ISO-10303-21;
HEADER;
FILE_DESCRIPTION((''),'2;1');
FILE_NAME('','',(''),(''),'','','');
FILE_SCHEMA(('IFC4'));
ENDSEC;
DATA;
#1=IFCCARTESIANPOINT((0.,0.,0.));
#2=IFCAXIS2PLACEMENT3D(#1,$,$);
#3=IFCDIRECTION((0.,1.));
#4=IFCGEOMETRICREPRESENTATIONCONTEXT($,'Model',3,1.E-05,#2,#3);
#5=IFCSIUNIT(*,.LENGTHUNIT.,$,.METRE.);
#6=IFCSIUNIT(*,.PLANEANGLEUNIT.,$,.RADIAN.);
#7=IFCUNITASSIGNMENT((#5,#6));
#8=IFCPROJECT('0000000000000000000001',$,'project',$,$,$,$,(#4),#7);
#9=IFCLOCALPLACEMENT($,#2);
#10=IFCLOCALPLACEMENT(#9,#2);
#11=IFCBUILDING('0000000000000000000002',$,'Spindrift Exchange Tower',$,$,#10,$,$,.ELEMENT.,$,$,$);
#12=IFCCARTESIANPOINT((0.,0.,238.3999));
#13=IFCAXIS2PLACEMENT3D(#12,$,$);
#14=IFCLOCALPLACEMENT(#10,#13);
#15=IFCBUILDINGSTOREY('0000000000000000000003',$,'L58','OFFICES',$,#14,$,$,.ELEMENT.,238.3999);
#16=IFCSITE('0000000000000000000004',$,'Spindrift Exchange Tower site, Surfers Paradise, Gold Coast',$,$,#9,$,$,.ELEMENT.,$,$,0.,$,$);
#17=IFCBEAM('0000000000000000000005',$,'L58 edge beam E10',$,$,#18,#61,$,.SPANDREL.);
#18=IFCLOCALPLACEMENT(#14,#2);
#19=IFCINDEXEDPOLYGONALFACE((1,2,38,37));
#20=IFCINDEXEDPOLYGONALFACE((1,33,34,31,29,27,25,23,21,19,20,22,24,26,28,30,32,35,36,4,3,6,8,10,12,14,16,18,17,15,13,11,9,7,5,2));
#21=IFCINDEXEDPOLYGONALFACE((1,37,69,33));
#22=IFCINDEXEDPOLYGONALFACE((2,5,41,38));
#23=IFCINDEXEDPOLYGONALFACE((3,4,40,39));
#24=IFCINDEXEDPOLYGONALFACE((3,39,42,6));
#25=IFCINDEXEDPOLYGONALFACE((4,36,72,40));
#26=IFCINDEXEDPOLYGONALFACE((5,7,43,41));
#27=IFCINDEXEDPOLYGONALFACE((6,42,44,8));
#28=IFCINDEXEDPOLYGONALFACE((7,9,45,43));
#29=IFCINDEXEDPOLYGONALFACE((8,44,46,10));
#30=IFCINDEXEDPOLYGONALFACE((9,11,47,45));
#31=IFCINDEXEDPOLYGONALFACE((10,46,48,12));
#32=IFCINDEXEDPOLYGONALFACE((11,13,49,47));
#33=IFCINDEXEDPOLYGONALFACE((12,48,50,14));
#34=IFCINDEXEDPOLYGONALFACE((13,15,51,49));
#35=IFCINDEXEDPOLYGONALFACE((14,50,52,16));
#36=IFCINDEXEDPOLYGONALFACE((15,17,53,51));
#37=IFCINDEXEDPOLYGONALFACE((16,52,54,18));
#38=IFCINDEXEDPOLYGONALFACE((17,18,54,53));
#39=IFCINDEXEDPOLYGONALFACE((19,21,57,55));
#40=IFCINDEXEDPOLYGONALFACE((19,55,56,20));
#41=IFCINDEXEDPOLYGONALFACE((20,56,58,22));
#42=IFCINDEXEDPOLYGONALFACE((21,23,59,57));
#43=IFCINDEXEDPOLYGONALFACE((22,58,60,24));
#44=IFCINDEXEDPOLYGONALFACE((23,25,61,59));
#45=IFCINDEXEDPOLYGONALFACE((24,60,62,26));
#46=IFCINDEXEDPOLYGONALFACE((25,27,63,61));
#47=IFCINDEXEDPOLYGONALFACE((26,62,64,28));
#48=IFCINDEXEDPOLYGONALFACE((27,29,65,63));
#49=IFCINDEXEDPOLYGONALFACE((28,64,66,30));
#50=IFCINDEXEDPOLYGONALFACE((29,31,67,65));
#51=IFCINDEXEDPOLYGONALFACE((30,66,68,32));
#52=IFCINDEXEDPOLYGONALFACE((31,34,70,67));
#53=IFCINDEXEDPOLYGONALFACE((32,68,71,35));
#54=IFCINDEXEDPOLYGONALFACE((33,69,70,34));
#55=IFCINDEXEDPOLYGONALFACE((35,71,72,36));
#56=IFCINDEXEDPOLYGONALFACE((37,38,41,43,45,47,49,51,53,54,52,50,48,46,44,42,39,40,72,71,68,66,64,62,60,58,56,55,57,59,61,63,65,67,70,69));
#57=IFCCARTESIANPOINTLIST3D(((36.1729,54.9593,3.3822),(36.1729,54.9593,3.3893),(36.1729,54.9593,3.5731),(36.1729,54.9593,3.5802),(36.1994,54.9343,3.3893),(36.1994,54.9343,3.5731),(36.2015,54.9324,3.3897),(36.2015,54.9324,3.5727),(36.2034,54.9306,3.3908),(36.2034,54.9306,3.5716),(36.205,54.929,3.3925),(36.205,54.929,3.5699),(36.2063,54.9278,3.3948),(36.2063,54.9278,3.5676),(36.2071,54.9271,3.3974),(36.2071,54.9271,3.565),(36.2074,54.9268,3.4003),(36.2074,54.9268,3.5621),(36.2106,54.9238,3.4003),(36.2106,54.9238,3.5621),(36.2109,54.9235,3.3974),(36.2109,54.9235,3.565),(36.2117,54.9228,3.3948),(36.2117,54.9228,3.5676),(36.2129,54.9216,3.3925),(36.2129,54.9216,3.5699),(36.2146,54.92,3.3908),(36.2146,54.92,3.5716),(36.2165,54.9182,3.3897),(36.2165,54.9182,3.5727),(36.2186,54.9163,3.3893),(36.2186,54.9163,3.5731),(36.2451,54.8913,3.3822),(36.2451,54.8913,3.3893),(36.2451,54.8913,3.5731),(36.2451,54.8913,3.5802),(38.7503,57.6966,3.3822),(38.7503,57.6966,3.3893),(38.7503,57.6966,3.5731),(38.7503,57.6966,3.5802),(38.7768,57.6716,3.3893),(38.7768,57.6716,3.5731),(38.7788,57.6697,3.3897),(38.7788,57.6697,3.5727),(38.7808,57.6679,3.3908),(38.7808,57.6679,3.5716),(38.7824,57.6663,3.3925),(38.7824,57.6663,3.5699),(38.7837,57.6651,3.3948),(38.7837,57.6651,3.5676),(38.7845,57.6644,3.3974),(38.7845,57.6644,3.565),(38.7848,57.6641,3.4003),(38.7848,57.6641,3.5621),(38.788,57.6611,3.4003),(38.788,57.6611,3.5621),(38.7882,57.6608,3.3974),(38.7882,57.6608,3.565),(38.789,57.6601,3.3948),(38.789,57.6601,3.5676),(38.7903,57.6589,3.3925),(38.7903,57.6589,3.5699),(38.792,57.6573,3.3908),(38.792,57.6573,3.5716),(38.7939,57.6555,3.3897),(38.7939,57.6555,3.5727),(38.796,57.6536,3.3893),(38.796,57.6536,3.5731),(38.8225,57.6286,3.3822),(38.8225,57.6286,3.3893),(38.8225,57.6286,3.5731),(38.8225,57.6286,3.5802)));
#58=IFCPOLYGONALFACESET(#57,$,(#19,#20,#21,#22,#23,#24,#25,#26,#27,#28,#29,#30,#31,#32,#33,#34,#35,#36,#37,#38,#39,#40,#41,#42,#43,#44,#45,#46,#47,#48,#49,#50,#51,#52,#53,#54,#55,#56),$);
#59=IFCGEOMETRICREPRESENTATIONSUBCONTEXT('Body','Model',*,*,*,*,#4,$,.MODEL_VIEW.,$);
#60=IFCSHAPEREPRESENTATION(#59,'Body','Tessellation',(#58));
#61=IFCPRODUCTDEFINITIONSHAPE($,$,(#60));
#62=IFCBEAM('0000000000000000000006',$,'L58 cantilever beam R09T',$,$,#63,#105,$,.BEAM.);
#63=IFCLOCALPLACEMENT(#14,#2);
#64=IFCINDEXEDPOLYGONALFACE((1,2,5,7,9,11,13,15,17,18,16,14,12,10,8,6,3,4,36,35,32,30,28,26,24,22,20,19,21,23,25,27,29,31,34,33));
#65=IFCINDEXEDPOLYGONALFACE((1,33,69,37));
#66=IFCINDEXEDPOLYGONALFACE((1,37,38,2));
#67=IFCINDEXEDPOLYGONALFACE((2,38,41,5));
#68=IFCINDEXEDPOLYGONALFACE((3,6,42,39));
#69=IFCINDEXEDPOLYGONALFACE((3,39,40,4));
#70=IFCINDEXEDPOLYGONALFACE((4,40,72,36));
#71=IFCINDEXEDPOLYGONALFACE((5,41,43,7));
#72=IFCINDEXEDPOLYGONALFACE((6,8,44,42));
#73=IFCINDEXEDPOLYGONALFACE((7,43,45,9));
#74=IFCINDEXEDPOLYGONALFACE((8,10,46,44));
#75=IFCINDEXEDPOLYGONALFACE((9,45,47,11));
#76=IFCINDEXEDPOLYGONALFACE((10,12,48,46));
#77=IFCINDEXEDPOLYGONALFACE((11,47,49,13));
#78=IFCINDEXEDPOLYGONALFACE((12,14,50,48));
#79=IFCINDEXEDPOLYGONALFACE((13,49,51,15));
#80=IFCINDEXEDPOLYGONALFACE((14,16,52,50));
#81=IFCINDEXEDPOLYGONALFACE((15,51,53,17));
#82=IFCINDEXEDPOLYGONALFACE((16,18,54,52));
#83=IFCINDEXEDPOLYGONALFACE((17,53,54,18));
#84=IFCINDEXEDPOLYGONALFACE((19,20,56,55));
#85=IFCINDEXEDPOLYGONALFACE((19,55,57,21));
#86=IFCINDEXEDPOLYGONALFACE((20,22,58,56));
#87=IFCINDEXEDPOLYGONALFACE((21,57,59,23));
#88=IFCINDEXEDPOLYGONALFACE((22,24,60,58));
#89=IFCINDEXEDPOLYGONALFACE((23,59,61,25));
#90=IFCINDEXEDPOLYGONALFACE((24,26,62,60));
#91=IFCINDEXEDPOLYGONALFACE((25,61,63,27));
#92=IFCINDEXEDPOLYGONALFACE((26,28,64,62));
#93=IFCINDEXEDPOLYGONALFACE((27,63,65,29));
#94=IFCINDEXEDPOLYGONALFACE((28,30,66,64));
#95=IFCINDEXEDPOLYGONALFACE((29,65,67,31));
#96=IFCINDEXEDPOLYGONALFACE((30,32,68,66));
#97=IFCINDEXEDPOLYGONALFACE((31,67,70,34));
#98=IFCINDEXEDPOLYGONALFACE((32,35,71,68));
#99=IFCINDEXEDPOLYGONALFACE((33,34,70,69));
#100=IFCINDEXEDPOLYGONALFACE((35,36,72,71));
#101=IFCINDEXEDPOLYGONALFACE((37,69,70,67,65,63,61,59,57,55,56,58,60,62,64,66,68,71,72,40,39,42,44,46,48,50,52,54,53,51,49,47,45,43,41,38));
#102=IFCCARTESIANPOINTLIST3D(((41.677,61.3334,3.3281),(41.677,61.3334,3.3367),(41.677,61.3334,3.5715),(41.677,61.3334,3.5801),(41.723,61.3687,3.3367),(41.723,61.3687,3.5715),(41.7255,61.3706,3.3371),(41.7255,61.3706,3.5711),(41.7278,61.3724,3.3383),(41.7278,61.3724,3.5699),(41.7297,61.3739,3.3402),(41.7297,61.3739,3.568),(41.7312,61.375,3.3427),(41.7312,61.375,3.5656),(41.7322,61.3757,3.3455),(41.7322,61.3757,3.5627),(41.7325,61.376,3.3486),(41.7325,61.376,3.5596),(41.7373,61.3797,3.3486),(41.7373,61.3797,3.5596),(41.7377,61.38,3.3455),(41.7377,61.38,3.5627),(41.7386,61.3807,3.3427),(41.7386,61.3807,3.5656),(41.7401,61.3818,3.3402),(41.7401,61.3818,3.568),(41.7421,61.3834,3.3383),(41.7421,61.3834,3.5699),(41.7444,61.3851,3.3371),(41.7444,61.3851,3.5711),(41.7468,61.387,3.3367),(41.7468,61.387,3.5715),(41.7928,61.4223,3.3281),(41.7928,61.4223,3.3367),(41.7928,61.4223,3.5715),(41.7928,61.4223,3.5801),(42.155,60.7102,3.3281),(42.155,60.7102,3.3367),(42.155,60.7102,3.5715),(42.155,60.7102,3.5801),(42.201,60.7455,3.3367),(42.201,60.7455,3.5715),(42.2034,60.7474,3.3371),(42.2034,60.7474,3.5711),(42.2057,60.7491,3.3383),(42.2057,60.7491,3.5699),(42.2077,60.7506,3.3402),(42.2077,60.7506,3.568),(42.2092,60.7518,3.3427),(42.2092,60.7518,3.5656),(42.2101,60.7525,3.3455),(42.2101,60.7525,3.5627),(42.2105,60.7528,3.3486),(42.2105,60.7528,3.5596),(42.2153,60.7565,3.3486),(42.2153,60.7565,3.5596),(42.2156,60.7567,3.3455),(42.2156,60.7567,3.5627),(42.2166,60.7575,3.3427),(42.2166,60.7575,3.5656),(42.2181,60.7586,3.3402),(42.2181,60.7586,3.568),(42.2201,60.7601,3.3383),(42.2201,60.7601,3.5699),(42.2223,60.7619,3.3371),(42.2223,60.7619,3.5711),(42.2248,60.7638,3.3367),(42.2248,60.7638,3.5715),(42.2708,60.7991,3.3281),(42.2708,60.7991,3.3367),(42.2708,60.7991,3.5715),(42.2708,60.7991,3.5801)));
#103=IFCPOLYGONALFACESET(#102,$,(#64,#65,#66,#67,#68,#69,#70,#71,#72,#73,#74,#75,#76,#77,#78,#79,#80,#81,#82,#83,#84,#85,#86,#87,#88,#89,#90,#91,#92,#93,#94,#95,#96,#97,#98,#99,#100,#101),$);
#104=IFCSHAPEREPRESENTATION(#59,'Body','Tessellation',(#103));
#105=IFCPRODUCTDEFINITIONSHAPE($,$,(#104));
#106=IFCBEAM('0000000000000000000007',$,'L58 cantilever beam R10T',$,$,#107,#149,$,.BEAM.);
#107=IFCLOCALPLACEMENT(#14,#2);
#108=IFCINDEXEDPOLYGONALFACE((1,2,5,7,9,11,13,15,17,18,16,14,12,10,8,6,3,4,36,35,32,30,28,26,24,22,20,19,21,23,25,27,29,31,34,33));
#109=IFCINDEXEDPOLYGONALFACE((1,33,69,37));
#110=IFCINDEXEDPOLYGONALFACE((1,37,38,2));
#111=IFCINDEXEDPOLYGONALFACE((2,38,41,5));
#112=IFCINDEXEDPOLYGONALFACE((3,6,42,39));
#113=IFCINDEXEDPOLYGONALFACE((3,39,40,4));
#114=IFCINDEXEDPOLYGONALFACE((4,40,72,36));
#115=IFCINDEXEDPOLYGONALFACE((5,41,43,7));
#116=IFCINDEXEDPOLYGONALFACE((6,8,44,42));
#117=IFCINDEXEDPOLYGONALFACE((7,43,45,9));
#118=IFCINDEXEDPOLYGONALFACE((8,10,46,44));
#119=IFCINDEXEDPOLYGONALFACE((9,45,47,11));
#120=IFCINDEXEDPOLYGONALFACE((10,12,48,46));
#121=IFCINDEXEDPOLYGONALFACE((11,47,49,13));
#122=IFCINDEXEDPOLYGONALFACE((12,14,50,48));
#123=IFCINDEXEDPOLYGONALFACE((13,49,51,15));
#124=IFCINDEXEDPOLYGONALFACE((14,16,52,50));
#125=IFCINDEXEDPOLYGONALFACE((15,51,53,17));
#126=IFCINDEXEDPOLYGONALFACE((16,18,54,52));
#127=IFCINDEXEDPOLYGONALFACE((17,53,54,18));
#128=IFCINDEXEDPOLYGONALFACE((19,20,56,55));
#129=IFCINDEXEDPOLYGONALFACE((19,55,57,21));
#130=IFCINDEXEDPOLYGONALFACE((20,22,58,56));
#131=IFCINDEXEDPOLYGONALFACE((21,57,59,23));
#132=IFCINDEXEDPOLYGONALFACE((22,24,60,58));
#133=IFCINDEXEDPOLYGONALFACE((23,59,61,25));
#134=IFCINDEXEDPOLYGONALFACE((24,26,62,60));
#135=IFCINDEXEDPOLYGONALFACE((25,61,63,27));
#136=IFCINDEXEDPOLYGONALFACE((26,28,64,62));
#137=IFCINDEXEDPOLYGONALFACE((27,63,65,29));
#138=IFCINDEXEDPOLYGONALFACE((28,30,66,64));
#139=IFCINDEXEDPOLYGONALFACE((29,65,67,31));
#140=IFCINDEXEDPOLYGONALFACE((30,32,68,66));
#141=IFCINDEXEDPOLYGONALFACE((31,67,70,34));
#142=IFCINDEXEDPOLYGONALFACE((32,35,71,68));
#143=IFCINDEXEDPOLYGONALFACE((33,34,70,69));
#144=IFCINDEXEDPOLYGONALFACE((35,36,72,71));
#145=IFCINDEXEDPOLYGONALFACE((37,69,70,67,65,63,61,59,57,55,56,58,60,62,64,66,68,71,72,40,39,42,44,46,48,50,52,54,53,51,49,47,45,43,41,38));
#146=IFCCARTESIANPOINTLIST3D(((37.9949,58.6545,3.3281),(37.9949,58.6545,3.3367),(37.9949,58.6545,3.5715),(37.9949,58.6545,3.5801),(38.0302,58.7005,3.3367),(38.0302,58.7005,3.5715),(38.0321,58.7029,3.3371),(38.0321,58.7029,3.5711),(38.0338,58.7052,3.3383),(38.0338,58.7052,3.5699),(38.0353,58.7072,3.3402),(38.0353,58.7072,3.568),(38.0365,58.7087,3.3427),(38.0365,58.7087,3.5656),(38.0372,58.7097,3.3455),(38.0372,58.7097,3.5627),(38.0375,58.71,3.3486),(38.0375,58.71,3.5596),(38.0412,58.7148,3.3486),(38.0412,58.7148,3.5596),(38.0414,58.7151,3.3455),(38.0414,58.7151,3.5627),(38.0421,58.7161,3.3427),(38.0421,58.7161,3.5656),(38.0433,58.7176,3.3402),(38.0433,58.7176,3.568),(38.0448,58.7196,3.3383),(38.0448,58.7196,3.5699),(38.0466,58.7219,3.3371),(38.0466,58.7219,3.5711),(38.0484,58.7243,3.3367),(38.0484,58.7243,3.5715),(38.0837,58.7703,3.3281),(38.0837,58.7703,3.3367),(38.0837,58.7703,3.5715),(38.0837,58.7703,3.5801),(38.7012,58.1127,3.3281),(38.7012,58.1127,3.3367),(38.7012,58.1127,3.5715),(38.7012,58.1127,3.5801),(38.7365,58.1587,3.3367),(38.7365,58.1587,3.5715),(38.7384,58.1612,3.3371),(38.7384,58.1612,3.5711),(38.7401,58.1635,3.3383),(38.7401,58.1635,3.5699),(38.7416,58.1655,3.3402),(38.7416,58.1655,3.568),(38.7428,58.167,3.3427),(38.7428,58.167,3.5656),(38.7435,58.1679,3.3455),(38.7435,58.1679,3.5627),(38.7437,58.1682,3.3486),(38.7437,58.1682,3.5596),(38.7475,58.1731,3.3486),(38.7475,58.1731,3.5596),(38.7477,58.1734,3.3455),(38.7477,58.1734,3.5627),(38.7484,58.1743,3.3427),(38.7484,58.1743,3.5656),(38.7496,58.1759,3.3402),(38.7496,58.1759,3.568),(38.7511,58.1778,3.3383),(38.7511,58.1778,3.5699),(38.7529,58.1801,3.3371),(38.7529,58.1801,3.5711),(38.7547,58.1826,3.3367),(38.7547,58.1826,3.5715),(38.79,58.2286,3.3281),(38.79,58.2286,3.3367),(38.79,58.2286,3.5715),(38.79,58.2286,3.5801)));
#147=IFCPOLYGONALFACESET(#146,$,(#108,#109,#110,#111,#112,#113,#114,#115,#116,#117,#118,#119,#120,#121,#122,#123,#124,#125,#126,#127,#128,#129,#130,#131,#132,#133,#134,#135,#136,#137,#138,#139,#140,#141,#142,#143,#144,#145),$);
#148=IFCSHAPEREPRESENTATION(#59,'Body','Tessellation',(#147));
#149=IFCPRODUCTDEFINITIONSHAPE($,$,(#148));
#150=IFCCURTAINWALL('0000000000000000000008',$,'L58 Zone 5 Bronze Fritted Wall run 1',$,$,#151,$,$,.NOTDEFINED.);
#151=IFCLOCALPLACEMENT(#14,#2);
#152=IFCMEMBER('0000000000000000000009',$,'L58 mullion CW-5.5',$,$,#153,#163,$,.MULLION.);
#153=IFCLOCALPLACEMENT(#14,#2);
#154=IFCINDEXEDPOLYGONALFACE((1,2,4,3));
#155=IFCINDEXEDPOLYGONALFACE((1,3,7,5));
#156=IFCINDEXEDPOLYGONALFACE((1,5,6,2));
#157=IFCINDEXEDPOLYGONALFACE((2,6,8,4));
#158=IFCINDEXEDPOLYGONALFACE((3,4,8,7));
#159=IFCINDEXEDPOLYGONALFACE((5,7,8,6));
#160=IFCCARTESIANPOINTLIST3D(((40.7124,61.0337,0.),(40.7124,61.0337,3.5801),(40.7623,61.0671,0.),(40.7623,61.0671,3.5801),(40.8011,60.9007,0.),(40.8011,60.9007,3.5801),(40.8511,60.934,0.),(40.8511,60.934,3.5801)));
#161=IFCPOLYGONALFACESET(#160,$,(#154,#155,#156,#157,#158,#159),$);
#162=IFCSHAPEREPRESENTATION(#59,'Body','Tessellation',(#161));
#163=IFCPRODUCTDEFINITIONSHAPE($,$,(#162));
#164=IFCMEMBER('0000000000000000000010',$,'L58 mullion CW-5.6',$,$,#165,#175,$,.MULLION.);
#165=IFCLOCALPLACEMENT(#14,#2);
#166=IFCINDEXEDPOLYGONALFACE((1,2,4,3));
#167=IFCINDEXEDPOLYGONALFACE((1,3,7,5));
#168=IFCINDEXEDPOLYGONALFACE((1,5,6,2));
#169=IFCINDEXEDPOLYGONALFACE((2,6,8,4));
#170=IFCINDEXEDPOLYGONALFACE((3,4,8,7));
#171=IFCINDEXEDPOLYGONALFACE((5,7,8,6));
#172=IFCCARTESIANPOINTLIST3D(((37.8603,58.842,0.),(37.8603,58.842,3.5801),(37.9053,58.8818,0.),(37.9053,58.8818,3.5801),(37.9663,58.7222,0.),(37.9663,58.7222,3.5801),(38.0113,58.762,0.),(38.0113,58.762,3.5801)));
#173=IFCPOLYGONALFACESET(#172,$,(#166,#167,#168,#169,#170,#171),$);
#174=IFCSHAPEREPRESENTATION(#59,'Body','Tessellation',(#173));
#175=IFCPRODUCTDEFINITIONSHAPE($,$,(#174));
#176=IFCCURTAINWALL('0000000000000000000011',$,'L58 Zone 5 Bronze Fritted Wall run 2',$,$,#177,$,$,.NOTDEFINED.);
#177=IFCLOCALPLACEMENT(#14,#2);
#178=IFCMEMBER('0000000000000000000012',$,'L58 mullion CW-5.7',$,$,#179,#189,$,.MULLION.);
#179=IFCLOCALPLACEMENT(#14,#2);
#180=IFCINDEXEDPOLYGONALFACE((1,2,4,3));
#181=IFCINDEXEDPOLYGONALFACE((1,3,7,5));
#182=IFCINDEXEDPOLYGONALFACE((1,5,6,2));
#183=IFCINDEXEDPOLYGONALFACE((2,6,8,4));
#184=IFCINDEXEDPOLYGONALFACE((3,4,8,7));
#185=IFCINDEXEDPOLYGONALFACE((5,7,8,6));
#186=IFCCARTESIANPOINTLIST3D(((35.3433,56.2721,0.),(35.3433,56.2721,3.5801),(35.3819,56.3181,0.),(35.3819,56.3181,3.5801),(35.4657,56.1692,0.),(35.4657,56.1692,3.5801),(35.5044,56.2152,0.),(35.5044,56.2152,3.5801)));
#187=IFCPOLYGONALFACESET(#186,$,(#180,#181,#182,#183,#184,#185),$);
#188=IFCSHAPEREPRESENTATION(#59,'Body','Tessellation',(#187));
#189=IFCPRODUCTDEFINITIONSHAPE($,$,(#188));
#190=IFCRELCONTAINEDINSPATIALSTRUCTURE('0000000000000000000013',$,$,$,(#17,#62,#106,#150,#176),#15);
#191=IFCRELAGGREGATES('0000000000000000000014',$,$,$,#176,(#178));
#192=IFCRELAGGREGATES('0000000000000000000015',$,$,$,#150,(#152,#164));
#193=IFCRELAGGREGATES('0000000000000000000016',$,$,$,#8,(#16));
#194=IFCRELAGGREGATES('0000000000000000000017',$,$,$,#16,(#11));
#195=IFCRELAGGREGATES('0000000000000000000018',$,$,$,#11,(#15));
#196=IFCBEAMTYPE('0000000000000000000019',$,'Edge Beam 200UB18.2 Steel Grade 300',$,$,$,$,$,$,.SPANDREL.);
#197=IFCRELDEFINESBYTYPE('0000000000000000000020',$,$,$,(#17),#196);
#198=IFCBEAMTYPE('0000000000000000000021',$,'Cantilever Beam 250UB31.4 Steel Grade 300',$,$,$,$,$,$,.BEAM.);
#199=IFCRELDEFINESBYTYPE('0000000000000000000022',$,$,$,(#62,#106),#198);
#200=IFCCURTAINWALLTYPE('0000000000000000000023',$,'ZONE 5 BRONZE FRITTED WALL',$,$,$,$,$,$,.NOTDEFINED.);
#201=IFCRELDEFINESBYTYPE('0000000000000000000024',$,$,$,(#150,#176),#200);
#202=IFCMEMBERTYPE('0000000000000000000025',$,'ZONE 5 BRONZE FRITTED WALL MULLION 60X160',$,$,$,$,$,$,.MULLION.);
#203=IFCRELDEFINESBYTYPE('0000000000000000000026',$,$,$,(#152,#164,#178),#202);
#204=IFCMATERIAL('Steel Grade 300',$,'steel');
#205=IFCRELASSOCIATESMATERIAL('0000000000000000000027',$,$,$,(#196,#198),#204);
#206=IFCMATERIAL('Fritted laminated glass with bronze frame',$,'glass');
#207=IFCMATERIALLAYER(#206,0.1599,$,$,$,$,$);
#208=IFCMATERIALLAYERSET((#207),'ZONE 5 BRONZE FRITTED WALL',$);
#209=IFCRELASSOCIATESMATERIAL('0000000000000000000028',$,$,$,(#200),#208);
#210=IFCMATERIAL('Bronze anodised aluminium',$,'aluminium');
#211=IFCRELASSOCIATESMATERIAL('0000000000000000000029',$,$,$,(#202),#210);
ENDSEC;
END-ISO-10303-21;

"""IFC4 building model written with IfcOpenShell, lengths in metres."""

from ifc_helpers import new_model, si_unit, direction, frame, origin, origin_2d, place, context, subcontext, project, spatial, rectangle, i_section, extrude, source, transform, mapped, material, layer, layer_set, material_profile, profile_set, type_object, element, aggregate, save


model = new_model("IFC4")

# Units and contexts
model_context = context("Model", 3, precision=1e-05, world=origin(), true_north=direction((0.0, 1.0)))
body_context = subcontext(model_context, "Body", "Model", "MODEL_VIEW")
ifc_project = project(units=[si_unit("LENGTHUNIT", "METRE"), si_unit("PLANEANGLEUNIT", "RADIAN")], contexts=[model_context])

# Site, building, storey
site_placement = place(None, origin())
site = spatial("IfcSite", under=ifc_project, at=site_placement, Name="Spindrift Exchange Tower site, Surfers Paradise, Gold Coast", CompositionType="ELEMENT", RefElevation=0.0)
building_placement = place(site_placement, origin())
building = spatial("IfcBuilding", under=site, at=building_placement, Name="Spindrift Exchange Tower", CompositionType="ELEMENT")
storey_placement = place(building_placement, frame((0.0, 0.0, 238.3999)))
storey = spatial("IfcBuildingStorey", under=building, at=storey_placement, Name="L58", Description="OFFICES", CompositionType="ELEMENT", Elevation=238.3999)

# Beams
ifc_material_1 = material(Name="Steel Grade 300", Category="steel")
ifc_material_profile_1 = material_profile(ifc_material_1, i_section(OverallWidth=0.0991, OverallDepth=0.198, WebThickness=0.0044, FlangeThickness=0.0071, FilletRadius=0.011, at=origin_2d()), Name="200UB18.2")
ifc_profile_set_1 = profile_set([ifc_material_profile_1], Name="Steel Grade 300")
beam_type_1 = type_object("IfcBeamType", Name="Edge Beam 200UB18.2 Steel Grade 300", PredefinedType="SPANDREL", material=ifc_profile_set_1)
shared_shape_1 = source(origin(), body_context, "Body", "SweptSolid", [
    extrude(i_section(OverallWidth=0.0991, OverallDepth=0.198, WebThickness=0.0044, FlangeThickness=0.0071, FilletRadius=0.011, at=origin_2d()), origin(), (0.0, 0.0, 1.0), 3.7598),
])
beam_1_placement = place(storey_placement, frame((38.7864, 57.6626, 3.4812), z_axis=(-0.685521, -0.728053, 0.0), x_axis=(0.728053, -0.685521, 0.0)))
element("IfcBeam", 1, at=beam_1_placement, inside=storey, type_object=beam_type_1, Name="L58 edge beam E10", PredefinedType="SPANDREL", context=body_context, shape_type="MappedRepresentation", body=[
    mapped(shared_shape_1, transform((0.0, 0.0, 0.0), scale=1.0)),
])
ifc_material_profile_2 = material_profile(ifc_material_1, i_section(OverallWidth=0.146, OverallDepth=0.252, WebThickness=0.0061, FlangeThickness=0.0085, FilletRadius=0.012, at=origin_2d()), Name="250UB31.4")
ifc_profile_set_2 = profile_set([ifc_material_profile_2], Name="Steel Grade 300")
beam_type_2 = type_object("IfcBeamType", Name="Cantilever Beam 250UB31.4 Steel Grade 300", PredefinedType="BEAM", material=ifc_profile_set_2)
shared_shape_2 = source(origin(), body_context, "Body", "SweptSolid", [
    extrude(i_section(OverallWidth=0.146, OverallDepth=0.252, WebThickness=0.0061, FlangeThickness=0.0085, FilletRadius=0.012, at=origin_2d()), origin(), (0.0, 0.0, 1.0), 0.7854),
])
beam_2_placement = place(storey_placement, frame((42.2129, 60.7546, 3.4541), z_axis=(-0.608569, 0.793501, 0.0), x_axis=(-0.793501, -0.608569, 0.0)))
element("IfcBeam", 2, at=beam_2_placement, inside=storey, type_object=beam_type_2, Name="L58 cantilever beam R09T", PredefinedType="BEAM", context=body_context, shape_type="MappedRepresentation", body=[
    mapped(shared_shape_2, transform((0.0, 0.0, 0.0), scale=1.0)),
])
shared_shape_3 = source(origin(), body_context, "Body", "SweptSolid", [
    extrude(i_section(OverallWidth=0.146, OverallDepth=0.252, WebThickness=0.0061, FlangeThickness=0.0085, FilletRadius=0.012, at=origin_2d()), origin(), (0.0, 0.0, 1.0), 0.8901),
])
beam_3_placement = place(storey_placement, frame((38.7456, 58.1707, 3.4541), z_axis=(-0.793469, 0.60861, 0.0), x_axis=(-0.60861, -0.793469, 0.0)))
element("IfcBeam", 3, at=beam_3_placement, inside=storey, type_object=beam_type_2, Name="L58 cantilever beam R10T", PredefinedType="BEAM", context=body_context, shape_type="MappedRepresentation", body=[
    mapped(shared_shape_3, transform((0.0, 0.0, 0.0), scale=1.0)),
])

# Curtain wall, members
ifc_material_2 = material(Name="Fritted laminated glass with bronze frame", Category="glass")
ifc_layer_1 = layer(ifc_material_2, 0.1599)
ifc_layer_set_1 = layer_set([ifc_layer_1], Name="ZONE 5 BRONZE FRITTED WALL")
curtain_wall_type = type_object("IfcCurtainWallType", Name="ZONE 5 BRONZE FRITTED WALL", PredefinedType="NOTDEFINED", material=ifc_layer_set_1)
curtain_wall_1_placement = place(storey_placement, origin())
curtain_wall_1 = element("IfcCurtainWall", 4, at=curtain_wall_1_placement, inside=storey, type_object=curtain_wall_type, Name="L58 Zone 5 Bronze Fritted Wall run 1", PredefinedType="NOTDEFINED")
ifc_material_3 = material(Name="Bronze anodised aluminium", Category="aluminium")
ifc_material_profile_3 = material_profile(ifc_material_3, rectangle(XDim=0.0601, YDim=0.1599, at=origin_2d()), Name="ZONE 5 BRONZE FRITTED WALL MULLION 60X160")
ifc_profile_set_3 = profile_set([ifc_material_profile_3], Name="Bronze anodised aluminium")
member_type_1 = type_object("IfcMemberType", Name="ZONE 5 BRONZE FRITTED WALL MULLION 60X160", PredefinedType="MULLION", material=ifc_profile_set_3)
shared_shape_4 = source(origin(), body_context, "Body", "SweptSolid", [
    extrude(rectangle(XDim=0.0601, YDim=0.1599, at=origin_2d()), origin(), (0.0, 0.0, 1.0), 3.5801),
])
member_1_placement = place(storey_placement, frame((40.7817, 60.9839, 0.0), z_axis=(0.0, 0.0, 1.0), x_axis=(-0.831852, -0.554998, 0.0)))
member_1 = element("IfcMember", 5, at=member_1_placement, type_object=member_type_1, Name="L58 mullion CW-5.5", PredefinedType="MULLION", context=body_context, shape_type="MappedRepresentation", body=[
    mapped(shared_shape_4, transform((0.0, 0.0, 0.0), scale=1.0)),
])
member_2_placement = place(storey_placement, frame((37.9358, 58.802, 0.0), z_axis=(0.0, 0.0, 1.0), x_axis=(-0.748956, -0.662619, 0.0)))
member_2 = element("IfcMember", 6, at=member_2_placement, type_object=member_type_1, Name="L58 mullion CW-5.6", PredefinedType="MULLION", context=body_context, shape_type="MappedRepresentation", body=[
    mapped(shared_shape_4, transform((0.0, 0.0, 0.0), scale=1.0)),
])

# Curtain wall, member
curtain_wall_2_placement = place(storey_placement, origin())
curtain_wall_2 = element("IfcCurtainWall", 7, at=curtain_wall_2_placement, inside=storey, type_object=curtain_wall_type, Name="L58 Zone 5 Bronze Fritted Wall run 2", PredefinedType="NOTDEFINED")
member_3_placement = place(storey_placement, frame((35.4238, 56.2437, 0.0), z_axis=(0.0, 0.0, 1.0), x_axis=(-0.643276, -0.765635, 0.0)))
member_3 = element("IfcMember", 8, at=member_3_placement, type_object=member_type_1, Name="L58 mullion CW-5.7", PredefinedType="MULLION", context=body_context, shape_type="MappedRepresentation", body=[
    mapped(shared_shape_4, transform((0.0, 0.0, 0.0), scale=1.0)),
])

aggregate(curtain_wall_2, [member_3])

aggregate(curtain_wall_1, [member_1, member_2])

save(model, "model.ifc")
